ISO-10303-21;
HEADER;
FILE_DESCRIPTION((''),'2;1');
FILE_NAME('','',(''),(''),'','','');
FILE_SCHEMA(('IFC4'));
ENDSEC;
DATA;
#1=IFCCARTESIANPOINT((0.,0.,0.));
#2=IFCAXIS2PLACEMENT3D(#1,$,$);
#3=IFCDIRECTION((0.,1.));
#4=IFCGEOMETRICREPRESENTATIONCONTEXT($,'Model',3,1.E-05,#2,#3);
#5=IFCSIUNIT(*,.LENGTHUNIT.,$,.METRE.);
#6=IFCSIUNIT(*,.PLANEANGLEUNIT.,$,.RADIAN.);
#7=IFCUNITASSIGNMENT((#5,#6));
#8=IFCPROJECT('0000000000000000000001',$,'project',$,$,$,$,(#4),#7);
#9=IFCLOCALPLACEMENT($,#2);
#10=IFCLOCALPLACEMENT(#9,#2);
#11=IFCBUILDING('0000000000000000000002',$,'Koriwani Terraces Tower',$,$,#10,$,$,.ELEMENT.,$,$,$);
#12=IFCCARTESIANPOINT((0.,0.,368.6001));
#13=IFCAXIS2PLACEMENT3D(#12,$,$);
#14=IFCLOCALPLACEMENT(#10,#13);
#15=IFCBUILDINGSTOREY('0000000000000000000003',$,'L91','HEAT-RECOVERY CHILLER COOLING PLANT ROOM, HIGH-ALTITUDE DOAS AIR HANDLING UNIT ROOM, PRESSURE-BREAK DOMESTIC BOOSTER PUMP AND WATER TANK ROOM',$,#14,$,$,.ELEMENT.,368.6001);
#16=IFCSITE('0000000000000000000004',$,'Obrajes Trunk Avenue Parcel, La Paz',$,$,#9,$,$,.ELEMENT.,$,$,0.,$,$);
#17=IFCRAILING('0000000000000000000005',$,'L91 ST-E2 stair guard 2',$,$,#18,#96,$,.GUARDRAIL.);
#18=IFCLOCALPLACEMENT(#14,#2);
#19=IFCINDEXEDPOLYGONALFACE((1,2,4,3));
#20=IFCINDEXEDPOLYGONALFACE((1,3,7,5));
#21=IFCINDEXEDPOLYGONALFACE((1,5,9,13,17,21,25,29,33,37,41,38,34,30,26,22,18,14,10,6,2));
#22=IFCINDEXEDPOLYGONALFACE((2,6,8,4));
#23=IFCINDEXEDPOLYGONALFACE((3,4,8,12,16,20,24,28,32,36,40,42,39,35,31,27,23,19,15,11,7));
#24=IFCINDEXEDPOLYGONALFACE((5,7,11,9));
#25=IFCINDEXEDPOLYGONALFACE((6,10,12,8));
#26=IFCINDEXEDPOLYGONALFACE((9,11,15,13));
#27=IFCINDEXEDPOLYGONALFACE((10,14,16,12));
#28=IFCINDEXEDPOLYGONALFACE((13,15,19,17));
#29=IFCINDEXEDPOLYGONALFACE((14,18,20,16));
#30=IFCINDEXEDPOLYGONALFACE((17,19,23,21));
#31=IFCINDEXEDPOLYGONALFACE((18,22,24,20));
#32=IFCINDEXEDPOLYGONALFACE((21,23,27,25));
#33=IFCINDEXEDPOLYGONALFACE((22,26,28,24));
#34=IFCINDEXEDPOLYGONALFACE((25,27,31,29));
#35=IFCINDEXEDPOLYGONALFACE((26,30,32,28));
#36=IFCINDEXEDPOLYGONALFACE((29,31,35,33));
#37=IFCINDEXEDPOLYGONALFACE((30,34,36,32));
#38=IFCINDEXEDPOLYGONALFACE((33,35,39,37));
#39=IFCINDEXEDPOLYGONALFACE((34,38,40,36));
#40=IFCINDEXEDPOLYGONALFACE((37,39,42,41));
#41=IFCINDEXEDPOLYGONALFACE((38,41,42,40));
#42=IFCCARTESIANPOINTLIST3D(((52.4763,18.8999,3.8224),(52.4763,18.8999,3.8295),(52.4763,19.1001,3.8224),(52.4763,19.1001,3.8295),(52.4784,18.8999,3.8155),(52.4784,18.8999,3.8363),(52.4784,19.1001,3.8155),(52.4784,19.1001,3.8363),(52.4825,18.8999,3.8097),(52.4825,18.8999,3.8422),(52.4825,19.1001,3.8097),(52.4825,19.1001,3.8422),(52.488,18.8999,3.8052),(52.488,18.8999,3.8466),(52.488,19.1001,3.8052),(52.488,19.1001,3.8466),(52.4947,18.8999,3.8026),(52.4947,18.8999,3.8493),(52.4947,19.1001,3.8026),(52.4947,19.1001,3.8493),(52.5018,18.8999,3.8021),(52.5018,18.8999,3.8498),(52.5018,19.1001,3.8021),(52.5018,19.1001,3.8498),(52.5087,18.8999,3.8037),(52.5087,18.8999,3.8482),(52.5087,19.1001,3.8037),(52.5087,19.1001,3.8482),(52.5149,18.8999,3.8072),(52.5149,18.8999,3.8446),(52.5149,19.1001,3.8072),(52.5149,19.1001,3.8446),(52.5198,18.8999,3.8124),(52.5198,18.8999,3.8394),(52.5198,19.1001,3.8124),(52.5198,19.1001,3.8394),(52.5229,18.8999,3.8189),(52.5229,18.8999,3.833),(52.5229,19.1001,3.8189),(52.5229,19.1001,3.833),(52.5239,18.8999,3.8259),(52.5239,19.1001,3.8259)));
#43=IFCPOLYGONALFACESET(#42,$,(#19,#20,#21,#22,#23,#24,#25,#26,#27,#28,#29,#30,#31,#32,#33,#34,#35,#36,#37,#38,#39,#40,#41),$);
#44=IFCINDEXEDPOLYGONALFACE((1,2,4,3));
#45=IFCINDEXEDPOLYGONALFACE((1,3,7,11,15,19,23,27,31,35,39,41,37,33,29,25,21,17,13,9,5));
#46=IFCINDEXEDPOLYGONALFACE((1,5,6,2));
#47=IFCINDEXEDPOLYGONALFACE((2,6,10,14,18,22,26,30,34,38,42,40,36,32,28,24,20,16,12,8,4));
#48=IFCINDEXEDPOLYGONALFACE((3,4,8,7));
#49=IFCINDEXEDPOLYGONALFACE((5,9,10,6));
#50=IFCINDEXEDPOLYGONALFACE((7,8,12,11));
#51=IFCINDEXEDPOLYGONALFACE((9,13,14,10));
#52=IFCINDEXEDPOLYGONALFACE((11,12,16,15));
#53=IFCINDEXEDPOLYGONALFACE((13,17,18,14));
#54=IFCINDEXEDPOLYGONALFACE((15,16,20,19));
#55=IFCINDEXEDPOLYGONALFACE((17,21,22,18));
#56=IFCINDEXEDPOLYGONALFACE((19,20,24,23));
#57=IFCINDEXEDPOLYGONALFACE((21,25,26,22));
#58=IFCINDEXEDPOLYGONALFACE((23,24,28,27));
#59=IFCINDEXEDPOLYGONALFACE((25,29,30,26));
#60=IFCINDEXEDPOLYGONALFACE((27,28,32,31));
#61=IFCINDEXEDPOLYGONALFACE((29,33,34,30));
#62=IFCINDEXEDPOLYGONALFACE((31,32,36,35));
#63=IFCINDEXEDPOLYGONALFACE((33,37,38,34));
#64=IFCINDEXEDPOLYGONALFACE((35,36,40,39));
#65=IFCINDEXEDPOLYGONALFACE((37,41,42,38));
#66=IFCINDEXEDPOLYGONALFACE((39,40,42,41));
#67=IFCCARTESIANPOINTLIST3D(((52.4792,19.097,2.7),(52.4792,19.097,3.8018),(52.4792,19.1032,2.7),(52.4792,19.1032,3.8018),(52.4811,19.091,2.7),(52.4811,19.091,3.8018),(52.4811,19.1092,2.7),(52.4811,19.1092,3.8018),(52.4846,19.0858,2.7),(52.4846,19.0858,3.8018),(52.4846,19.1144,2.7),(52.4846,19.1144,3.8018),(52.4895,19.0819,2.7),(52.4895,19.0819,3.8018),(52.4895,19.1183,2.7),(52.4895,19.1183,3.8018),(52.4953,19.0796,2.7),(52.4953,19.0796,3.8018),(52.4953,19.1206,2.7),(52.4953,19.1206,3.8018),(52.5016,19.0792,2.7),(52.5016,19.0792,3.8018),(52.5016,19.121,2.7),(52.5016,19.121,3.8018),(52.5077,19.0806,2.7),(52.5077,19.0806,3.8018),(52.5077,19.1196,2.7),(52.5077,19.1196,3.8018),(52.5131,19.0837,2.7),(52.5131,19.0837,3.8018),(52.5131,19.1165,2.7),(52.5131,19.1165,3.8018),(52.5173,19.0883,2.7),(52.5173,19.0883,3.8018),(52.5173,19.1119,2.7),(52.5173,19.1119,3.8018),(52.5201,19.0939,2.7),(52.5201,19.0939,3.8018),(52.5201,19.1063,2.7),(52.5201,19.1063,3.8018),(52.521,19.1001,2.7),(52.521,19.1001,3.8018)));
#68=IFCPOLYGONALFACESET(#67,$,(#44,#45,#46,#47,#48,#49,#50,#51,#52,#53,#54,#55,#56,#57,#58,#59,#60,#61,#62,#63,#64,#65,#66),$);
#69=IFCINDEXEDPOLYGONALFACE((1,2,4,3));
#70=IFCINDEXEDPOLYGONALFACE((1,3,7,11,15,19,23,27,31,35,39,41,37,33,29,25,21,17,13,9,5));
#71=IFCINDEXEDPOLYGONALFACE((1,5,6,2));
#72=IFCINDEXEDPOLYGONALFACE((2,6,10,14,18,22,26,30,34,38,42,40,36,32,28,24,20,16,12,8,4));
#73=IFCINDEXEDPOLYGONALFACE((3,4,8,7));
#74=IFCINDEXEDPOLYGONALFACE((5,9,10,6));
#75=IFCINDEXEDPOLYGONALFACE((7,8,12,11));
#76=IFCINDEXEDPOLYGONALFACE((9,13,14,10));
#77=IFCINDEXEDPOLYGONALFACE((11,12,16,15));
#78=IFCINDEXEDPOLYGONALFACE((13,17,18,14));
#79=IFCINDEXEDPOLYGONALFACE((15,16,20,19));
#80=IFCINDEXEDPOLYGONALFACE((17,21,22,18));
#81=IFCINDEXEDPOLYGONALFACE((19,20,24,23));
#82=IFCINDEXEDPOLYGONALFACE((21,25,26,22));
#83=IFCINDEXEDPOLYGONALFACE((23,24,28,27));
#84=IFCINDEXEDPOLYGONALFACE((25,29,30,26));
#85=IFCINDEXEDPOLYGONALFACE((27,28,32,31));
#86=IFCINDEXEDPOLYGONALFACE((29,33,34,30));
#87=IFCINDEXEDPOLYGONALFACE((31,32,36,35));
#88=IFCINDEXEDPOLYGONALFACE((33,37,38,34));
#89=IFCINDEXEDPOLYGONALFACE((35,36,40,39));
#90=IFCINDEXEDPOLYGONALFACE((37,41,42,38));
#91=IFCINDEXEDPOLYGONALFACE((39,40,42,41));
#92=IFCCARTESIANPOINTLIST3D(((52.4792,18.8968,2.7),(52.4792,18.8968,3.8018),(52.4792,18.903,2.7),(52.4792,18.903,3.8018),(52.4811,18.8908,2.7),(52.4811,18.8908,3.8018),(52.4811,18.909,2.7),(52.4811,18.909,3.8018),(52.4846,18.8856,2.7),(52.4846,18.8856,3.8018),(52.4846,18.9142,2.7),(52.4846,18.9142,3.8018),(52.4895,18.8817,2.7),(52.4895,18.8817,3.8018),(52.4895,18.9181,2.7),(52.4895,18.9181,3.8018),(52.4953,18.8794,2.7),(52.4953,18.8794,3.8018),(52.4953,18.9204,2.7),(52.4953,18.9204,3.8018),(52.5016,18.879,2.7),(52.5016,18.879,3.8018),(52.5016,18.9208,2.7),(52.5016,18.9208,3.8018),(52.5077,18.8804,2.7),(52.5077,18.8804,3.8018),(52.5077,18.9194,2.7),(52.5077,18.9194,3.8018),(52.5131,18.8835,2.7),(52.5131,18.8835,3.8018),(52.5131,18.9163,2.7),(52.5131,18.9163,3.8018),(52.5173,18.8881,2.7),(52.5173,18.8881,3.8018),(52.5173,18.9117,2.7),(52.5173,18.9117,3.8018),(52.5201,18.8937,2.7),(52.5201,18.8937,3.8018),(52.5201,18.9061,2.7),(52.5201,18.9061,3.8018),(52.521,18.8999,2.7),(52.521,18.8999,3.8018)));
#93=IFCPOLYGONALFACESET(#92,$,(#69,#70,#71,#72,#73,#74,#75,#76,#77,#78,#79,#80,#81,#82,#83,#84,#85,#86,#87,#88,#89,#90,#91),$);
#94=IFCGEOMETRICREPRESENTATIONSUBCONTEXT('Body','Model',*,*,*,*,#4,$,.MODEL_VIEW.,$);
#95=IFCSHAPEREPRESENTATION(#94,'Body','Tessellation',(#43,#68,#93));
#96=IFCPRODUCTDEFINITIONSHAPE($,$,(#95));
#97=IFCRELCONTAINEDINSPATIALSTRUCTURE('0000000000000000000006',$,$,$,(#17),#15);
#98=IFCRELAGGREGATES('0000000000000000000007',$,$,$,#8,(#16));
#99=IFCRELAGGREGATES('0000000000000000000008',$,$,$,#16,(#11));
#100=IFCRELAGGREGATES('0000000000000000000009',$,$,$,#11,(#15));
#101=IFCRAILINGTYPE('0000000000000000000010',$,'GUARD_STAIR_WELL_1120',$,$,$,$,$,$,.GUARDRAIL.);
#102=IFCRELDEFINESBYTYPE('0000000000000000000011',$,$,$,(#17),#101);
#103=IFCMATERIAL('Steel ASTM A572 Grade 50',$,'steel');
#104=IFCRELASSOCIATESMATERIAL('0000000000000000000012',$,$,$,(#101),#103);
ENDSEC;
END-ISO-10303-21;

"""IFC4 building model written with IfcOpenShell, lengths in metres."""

from ifc_helpers import new_model, si_unit, direction, frame, origin, origin_2d, place, context, subcontext, project, spatial, circle, extrude, material, type_object, element, save


model = new_model("IFC4")

# Units and contexts
model_context = context("Model", 3, precision=1e-05, world=origin(), true_north=direction((0.0, 1.0)))
body_context = subcontext(model_context, "Body", "Model", "MODEL_VIEW")
ifc_project = project(units=[si_unit("LENGTHUNIT", "METRE"), si_unit("PLANEANGLEUNIT", "RADIAN")], contexts=[model_context])

# Site, building, storey
site_placement = place(None, origin())
site = spatial("IfcSite", under=ifc_project, at=site_placement, Name="Obrajes Trunk Avenue Parcel, La Paz", CompositionType="ELEMENT", RefElevation=0.0)
building_placement = place(site_placement, origin())
building = spatial("IfcBuilding", under=site, at=building_placement, Name="Koriwani Terraces Tower", CompositionType="ELEMENT")
storey_placement = place(building_placement, frame((0.0, 0.0, 368.6001)))
storey = spatial("IfcBuildingStorey", under=building, at=storey_placement, Name="L91", Description="HEAT-RECOVERY CHILLER COOLING PLANT ROOM, HIGH-ALTITUDE DOAS AIR HANDLING UNIT ROOM, PRESSURE-BREAK DOMESTIC BOOSTER PUMP AND WATER TANK ROOM", CompositionType="ELEMENT", Elevation=368.6001)

# Shared definitions
ifc_material_1 = material(Name="Steel ASTM A572 Grade 50", Category="steel")

# Railing
railing_type_1 = type_object("IfcRailingType", Name="GUARD_STAIR_WELL_1120", PredefinedType="GUARDRAIL", material=ifc_material_1)
railing_1_placement = place(storey_placement, frame((52.5, 19.1001, 2.7)))
element("IfcRailing", 1, at=railing_1_placement, inside=storey, type_object=railing_type_1, Name="L91 ST-E2 stair guard 2", PredefinedType="GUARDRAIL", context=body_context, shape_type="SweptSolid", body=[
    extrude(circle(Radius=0.0239, at=origin_2d()), frame((0.0, 0.0, 1.126), z_axis=(0.0, -1.0, 0.0), x_axis=(1.0, 0.0, 0.0)), (0.0, 0.0, 1.0), 0.2002),
    extrude(circle(Radius=0.021, at=origin_2d()), origin(), (0.0, 0.0, 1.0), 1.1018),
    extrude(circle(Radius=0.021, at=origin_2d()), frame((0.0, -0.2002, 0.0)), (0.0, 0.0, 1.0), 1.1018),
])

save(model, "model.ifc")
